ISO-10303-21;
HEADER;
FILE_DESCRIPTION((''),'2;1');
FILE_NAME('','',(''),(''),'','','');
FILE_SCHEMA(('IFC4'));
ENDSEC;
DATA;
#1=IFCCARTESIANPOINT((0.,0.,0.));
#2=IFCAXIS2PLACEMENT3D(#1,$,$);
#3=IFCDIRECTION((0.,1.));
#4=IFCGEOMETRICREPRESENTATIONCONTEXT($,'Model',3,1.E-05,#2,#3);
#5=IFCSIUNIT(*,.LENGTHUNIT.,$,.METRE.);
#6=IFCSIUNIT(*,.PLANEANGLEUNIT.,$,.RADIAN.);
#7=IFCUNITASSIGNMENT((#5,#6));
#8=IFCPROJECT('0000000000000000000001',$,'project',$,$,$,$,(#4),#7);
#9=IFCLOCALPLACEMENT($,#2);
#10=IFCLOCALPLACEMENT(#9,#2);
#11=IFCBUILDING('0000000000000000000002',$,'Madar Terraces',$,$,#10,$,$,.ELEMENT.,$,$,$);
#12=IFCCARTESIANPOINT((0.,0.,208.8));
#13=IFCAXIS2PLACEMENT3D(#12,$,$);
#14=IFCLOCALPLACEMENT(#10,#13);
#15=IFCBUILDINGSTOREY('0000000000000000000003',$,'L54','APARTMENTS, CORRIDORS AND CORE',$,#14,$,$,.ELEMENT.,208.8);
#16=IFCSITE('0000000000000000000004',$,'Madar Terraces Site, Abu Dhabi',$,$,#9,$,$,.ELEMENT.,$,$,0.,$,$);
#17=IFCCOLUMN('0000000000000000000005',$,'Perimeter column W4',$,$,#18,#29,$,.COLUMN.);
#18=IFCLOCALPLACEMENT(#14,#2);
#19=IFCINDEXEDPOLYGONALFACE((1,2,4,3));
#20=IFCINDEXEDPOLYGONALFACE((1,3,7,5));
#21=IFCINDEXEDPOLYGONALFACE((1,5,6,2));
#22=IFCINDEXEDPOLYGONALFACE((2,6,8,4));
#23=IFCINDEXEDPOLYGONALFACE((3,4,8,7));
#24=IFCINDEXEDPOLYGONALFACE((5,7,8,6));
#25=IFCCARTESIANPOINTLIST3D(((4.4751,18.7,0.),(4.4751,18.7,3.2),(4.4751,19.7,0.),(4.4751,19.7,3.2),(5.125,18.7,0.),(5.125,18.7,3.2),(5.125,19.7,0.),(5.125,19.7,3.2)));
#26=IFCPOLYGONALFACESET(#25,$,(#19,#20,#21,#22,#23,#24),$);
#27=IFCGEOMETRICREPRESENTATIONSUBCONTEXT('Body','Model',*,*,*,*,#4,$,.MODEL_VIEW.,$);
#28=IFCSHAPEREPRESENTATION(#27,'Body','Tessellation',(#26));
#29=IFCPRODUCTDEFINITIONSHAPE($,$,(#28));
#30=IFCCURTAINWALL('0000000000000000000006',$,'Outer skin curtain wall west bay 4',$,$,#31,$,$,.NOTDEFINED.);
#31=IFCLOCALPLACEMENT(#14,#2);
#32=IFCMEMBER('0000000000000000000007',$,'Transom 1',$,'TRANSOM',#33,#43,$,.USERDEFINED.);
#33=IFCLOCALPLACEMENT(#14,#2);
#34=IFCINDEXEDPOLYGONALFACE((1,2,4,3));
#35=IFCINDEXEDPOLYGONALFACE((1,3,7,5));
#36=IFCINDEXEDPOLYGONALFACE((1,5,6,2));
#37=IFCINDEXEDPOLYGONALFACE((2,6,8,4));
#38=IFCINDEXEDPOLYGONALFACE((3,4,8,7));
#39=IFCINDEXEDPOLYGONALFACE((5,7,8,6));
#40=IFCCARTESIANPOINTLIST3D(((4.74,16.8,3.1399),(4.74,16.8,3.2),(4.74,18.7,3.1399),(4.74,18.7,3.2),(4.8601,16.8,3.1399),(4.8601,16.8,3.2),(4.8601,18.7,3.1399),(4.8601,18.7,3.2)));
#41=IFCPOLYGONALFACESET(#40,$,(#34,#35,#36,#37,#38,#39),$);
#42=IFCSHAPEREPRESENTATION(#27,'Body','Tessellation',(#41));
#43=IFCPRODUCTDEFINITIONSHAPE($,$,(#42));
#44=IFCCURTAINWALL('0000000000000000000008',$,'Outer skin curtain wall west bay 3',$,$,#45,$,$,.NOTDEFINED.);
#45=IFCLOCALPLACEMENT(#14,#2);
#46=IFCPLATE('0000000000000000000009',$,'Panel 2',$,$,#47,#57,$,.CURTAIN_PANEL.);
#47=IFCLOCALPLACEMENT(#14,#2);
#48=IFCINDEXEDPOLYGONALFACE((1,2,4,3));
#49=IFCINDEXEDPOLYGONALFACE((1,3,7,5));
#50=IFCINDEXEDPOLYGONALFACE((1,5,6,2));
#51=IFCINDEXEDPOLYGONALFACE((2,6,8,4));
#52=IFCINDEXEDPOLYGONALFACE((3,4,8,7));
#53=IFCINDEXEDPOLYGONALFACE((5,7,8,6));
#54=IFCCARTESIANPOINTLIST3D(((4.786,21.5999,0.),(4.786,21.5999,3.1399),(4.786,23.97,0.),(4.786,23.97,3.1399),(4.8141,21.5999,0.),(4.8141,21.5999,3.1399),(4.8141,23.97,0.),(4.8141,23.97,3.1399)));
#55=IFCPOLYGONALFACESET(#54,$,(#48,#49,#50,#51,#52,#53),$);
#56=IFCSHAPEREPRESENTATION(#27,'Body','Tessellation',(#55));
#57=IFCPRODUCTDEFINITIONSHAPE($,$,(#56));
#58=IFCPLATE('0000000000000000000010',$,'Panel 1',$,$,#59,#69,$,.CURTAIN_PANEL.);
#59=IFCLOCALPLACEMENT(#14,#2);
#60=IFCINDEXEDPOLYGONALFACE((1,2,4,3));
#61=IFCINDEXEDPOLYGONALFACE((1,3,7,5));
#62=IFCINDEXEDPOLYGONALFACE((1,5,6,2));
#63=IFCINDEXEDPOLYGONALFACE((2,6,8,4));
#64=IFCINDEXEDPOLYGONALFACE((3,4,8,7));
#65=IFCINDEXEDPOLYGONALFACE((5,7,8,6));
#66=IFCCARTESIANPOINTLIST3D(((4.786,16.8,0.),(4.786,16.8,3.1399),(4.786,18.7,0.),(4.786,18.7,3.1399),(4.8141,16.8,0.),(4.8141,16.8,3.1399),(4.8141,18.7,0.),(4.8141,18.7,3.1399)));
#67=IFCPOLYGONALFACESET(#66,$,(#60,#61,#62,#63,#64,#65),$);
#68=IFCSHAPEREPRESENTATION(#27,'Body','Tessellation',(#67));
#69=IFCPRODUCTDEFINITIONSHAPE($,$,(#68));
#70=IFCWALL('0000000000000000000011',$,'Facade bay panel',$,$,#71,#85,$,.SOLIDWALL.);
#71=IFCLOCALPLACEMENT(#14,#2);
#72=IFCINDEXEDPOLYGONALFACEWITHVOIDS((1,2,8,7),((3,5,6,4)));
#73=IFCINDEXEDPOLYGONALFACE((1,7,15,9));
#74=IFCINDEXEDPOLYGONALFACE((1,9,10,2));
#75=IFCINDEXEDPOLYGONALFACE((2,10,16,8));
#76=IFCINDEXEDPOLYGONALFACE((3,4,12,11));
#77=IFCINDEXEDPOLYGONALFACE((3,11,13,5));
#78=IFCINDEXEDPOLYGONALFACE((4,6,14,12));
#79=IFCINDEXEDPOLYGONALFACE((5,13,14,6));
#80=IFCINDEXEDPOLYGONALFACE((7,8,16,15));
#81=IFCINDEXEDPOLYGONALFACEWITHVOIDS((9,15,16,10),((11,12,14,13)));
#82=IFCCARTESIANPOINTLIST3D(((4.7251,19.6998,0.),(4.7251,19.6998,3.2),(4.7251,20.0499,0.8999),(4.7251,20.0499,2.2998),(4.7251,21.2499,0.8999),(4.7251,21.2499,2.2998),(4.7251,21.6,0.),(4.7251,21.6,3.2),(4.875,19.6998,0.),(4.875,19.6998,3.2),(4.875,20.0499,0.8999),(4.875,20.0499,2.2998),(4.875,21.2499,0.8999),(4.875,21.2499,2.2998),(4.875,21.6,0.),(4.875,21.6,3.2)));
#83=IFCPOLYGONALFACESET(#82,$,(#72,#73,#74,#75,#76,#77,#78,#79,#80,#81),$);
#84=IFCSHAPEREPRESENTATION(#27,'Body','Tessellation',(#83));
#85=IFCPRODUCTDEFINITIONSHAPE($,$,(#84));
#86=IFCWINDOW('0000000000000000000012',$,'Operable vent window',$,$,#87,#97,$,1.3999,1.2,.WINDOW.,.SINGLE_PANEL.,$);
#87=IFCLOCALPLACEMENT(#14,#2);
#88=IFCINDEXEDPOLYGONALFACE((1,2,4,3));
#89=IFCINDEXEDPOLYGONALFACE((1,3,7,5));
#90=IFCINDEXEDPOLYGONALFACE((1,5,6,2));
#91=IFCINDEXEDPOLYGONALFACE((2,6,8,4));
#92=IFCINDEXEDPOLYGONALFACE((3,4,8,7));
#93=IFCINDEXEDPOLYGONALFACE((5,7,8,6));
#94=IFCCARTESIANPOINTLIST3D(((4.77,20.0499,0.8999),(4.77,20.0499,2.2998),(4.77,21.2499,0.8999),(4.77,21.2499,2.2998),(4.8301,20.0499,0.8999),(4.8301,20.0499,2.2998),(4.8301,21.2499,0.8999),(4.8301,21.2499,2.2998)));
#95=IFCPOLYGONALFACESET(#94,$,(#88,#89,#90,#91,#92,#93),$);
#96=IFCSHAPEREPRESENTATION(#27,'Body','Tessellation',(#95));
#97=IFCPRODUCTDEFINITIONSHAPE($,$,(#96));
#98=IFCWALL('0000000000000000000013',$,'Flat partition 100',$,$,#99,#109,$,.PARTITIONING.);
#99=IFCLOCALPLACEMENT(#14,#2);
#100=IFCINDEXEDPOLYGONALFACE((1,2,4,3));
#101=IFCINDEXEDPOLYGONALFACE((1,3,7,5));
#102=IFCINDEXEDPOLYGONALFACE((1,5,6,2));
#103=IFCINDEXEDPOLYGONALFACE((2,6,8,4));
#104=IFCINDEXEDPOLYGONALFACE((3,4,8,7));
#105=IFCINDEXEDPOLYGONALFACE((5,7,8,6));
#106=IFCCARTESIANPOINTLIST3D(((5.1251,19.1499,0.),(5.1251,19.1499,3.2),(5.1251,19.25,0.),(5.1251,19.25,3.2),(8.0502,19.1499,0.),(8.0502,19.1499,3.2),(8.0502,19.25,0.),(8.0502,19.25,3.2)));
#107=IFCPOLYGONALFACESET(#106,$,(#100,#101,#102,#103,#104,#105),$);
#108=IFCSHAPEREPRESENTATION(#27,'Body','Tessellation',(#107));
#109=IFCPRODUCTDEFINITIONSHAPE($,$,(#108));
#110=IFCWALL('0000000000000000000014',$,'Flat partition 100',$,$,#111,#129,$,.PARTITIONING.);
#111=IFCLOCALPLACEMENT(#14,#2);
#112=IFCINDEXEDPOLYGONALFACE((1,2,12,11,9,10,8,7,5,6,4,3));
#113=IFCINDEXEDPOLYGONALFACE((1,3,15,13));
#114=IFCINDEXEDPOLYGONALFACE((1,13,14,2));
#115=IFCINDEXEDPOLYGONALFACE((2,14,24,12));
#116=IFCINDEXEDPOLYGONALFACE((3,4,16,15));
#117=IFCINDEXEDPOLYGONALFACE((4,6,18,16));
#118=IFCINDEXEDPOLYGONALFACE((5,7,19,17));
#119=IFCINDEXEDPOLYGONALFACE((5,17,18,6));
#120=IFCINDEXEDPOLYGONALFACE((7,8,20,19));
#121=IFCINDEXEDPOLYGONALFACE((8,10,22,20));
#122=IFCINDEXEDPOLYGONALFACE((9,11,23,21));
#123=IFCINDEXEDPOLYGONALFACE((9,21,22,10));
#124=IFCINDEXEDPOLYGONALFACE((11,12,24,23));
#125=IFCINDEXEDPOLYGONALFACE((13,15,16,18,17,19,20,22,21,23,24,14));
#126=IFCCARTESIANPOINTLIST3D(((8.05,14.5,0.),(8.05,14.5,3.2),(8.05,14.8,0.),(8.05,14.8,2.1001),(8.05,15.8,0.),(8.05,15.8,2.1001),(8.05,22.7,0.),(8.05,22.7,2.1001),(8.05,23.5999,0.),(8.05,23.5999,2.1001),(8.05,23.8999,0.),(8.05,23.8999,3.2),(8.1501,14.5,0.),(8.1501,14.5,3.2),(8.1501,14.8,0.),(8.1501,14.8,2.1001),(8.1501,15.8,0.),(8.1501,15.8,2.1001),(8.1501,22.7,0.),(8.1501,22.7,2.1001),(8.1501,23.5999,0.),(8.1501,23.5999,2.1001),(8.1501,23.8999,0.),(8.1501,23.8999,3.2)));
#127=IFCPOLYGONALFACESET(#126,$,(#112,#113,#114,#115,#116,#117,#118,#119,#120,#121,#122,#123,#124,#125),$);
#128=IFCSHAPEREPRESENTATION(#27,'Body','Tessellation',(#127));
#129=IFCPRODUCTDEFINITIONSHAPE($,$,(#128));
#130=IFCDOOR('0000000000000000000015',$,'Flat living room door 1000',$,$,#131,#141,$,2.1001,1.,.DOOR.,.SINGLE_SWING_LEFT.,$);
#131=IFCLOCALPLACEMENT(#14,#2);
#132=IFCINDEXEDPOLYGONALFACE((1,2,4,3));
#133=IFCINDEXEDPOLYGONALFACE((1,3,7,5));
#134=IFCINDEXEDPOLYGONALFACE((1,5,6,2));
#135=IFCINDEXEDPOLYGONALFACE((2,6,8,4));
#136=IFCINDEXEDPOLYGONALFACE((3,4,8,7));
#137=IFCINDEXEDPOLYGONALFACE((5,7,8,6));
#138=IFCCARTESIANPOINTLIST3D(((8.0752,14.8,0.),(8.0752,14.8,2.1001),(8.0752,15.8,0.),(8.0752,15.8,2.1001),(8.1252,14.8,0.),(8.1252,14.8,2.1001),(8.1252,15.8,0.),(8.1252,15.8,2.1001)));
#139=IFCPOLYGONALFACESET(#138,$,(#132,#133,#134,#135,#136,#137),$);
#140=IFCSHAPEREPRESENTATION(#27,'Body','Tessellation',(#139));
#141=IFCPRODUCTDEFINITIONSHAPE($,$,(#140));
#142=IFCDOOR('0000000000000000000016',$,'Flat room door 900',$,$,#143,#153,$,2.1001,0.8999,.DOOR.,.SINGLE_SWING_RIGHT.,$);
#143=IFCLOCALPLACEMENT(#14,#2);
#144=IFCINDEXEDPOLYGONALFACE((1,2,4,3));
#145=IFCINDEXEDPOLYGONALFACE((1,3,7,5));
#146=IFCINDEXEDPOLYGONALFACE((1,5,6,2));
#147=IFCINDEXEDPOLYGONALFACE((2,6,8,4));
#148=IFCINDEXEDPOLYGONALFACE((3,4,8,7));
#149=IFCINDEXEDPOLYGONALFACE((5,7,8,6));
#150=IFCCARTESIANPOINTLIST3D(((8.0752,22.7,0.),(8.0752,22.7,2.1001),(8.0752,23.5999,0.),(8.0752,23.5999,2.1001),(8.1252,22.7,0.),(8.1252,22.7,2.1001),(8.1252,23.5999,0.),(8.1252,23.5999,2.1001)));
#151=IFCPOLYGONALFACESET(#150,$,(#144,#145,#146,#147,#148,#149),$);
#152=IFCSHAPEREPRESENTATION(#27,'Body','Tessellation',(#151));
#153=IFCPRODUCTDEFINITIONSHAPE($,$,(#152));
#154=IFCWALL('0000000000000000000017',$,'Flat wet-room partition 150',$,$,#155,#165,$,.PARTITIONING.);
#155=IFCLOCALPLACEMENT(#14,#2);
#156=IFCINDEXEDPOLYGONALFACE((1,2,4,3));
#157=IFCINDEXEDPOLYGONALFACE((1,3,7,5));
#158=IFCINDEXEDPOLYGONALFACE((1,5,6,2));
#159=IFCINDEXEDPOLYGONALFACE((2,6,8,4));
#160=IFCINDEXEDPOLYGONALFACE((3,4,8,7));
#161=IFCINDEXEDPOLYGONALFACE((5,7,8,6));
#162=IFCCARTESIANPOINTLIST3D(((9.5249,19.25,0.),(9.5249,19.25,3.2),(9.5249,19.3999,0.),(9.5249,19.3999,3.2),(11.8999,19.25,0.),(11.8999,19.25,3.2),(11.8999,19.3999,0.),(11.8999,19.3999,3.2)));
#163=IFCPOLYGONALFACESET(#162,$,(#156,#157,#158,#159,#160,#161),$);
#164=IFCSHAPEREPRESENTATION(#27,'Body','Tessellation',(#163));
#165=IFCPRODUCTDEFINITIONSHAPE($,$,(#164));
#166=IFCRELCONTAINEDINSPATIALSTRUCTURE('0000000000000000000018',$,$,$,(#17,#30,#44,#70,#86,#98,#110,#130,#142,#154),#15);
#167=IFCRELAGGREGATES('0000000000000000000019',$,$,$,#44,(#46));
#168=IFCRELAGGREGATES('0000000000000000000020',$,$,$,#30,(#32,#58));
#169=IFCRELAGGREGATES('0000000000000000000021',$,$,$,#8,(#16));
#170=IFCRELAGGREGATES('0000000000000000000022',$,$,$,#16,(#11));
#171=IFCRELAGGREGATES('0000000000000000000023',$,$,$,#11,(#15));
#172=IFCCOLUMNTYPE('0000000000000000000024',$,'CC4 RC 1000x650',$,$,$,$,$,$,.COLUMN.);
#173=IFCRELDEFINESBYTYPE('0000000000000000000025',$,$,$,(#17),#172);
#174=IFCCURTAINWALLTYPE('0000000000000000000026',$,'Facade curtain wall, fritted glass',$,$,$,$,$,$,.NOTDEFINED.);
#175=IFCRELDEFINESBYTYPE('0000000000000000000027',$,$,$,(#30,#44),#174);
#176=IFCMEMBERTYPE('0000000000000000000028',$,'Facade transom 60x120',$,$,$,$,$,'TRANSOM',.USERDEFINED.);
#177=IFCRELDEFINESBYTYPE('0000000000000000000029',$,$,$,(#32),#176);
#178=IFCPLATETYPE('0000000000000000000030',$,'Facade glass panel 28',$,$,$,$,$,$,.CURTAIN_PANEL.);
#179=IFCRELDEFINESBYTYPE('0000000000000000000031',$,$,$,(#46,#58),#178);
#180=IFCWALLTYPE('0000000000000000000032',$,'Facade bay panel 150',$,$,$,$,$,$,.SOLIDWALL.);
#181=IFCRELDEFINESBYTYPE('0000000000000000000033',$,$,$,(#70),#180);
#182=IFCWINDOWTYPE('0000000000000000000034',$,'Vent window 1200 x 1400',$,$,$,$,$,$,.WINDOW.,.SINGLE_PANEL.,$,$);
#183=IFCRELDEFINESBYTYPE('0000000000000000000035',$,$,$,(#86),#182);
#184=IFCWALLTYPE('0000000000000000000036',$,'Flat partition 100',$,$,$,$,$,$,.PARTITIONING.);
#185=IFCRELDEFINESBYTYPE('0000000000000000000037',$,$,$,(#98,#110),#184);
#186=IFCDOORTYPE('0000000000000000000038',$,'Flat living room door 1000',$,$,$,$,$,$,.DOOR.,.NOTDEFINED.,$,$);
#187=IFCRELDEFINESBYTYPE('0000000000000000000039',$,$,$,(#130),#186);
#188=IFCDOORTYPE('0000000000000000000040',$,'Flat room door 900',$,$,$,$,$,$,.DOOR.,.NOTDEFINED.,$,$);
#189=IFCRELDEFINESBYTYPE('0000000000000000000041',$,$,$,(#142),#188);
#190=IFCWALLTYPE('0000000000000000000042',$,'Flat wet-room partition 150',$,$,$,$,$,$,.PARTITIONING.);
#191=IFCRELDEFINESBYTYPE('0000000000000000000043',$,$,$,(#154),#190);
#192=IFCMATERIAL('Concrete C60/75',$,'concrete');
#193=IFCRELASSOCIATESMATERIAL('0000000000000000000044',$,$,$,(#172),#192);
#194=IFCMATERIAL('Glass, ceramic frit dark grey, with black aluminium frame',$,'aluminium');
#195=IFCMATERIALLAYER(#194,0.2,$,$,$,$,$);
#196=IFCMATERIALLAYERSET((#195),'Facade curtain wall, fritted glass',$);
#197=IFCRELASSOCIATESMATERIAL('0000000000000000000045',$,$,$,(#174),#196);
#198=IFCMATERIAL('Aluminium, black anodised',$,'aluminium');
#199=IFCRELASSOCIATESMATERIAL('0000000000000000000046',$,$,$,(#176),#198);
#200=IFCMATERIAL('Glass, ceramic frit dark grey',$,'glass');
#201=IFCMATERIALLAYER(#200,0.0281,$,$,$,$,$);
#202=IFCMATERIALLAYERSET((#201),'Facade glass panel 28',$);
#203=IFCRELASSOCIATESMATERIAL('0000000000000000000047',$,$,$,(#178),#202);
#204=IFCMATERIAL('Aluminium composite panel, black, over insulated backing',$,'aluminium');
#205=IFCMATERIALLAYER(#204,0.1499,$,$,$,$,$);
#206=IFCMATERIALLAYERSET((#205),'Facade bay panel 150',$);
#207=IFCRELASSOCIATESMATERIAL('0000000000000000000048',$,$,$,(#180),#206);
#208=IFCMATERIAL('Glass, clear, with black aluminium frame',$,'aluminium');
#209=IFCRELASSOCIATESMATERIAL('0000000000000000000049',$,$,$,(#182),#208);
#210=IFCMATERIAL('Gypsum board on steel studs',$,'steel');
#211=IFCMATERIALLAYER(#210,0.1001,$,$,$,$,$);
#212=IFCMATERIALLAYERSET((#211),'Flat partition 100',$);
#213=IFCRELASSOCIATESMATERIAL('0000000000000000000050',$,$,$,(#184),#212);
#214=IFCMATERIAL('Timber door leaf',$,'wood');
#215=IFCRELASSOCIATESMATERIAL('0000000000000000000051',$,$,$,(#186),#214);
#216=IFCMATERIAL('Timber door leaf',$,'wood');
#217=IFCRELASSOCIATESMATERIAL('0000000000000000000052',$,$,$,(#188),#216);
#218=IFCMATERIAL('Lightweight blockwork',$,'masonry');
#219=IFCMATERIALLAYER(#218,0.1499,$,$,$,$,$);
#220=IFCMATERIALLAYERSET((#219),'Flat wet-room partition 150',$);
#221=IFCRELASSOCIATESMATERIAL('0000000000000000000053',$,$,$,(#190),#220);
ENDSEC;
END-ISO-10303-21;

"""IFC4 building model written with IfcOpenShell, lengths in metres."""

from ifc_helpers import new_model, si_unit, direction, frame, frame_2d, origin, origin_2d, place, context, subcontext, project, spatial, rectangle, extrude, material, layer, layer_set, material_profile, profile_set, type_object, element, fill, aggregate, save


model = new_model("IFC4")

# Units and contexts
model_context = context("Model", 3, precision=1e-05, world=origin(), true_north=direction((0.0, 1.0)))
body_context = subcontext(model_context, "Body", "Model", "MODEL_VIEW")
ifc_project = project(units=[si_unit("LENGTHUNIT", "METRE"), si_unit("PLANEANGLEUNIT", "RADIAN")], contexts=[model_context])

# Site, building, storey
site_placement = place(None, origin())
site = spatial("IfcSite", under=ifc_project, at=site_placement, Name="Madar Terraces Site, Abu Dhabi", CompositionType="ELEMENT", RefElevation=0.0)
building_placement = place(site_placement, origin())
building = spatial("IfcBuilding", under=site, at=building_placement, Name="Madar Terraces", CompositionType="ELEMENT")
storey_placement = place(building_placement, frame((0.0, 0.0, 208.8)))
storey = spatial("IfcBuildingStorey", under=building, at=storey_placement, Name="L54", Description="APARTMENTS, CORRIDORS AND CORE", CompositionType="ELEMENT", Elevation=208.8)

# Column
ifc_material_1 = material(Name="Concrete C60/75", Category="concrete")
ifc_material_profile_1 = material_profile(ifc_material_1, rectangle(XDim=1.0, YDim=0.6499, at=origin_2d()), Name="CC4 RC 1000x650")
ifc_profile_set_1 = profile_set([ifc_material_profile_1], Name="Concrete C60/75")
column_type = type_object("IfcColumnType", Name="CC4 RC 1000x650", PredefinedType="COLUMN", material=ifc_profile_set_1)
column_placement = place(storey_placement, frame((4.8, 19.2, 0.0), z_axis=(0.0, 0.0, 1.0), x_axis=(0.0, 1.0, 0.0)))
element("IfcColumn", 1, at=column_placement, inside=storey, type_object=column_type, Name="Perimeter column W4", PredefinedType="COLUMN", context=body_context, shape_type="SweptSolid", body=[
    extrude(rectangle(XDim=1.0, YDim=0.6499, at=origin_2d()), origin(), (0.0, 0.0, 1.0), 3.2),
])

# Curtain wall, member
ifc_material_2 = material(Name="Glass, ceramic frit dark grey, with black aluminium frame", Category="aluminium")
ifc_layer_1 = layer(ifc_material_2, 0.2)
ifc_layer_set_1 = layer_set([ifc_layer_1], Name="Facade curtain wall, fritted glass")
curtain_wall_type = type_object("IfcCurtainWallType", Name="Facade curtain wall, fritted glass", PredefinedType="NOTDEFINED", material=ifc_layer_set_1)
curtain_wall_1_placement = place(storey_placement, origin())
curtain_wall_1 = element("IfcCurtainWall", 2, at=curtain_wall_1_placement, inside=storey, type_object=curtain_wall_type, Name="Outer skin curtain wall west bay 4", PredefinedType="NOTDEFINED")
ifc_material_3 = material(Name="Aluminium, black anodised", Category="aluminium")
ifc_material_profile_2 = material_profile(ifc_material_3, rectangle(XDim=0.1201, YDim=0.0601, at=origin_2d()), Name="Facade transom 60x120")
ifc_profile_set_2 = profile_set([ifc_material_profile_2], Name="Aluminium, black anodised")
member_type = type_object("IfcMemberType", Name="Facade transom 60x120", ElementType="TRANSOM", PredefinedType="USERDEFINED", material=ifc_profile_set_2)
member_placement = place(storey_placement, frame((4.8, 18.7, 3.1699), z_axis=(0.0, -1.0, 0.0), x_axis=(1.0, 0.0, 0.0)))
member = element("IfcMember", 3, at=member_placement, type_object=member_type, Name="Transom 1", ObjectType="TRANSOM", PredefinedType="USERDEFINED", context=body_context, shape_type="SweptSolid", body=[
    extrude(rectangle(XDim=0.1201, YDim=0.0601, at=origin_2d()), origin(), (0.0, 0.0, 1.0), 1.8999),
])

# Curtain wall, plate
curtain_wall_2_placement = place(storey_placement, origin())
curtain_wall_2 = element("IfcCurtainWall", 4, at=curtain_wall_2_placement, inside=storey, type_object=curtain_wall_type, Name="Outer skin curtain wall west bay 3", PredefinedType="NOTDEFINED")
ifc_material_4 = material(Name="Glass, ceramic frit dark grey", Category="glass")
ifc_layer_2 = layer(ifc_material_4, 0.0281)
ifc_layer_set_2 = layer_set([ifc_layer_2], Name="Facade glass panel 28")
plate_type = type_object("IfcPlateType", Name="Facade glass panel 28", PredefinedType="CURTAIN_PANEL", material=ifc_layer_set_2)
plate_1_placement = place(storey_placement, frame((4.8, 22.7849, 0.0), z_axis=(0.0, 0.0, 1.0), x_axis=(0.0, -1.0, 0.0)))
plate_1 = element("IfcPlate", 5, at=plate_1_placement, type_object=plate_type, Name="Panel 2", PredefinedType="CURTAIN_PANEL", context=body_context, shape_type="SweptSolid", body=[
    extrude(rectangle(XDim=2.3701, YDim=0.0281, at=origin_2d()), origin(), (0.0, 0.0, 1.0), 3.1399),
])
aggregate(curtain_wall_2, [plate_1])

# Plate
plate_2_placement = place(storey_placement, frame((4.8, 17.75, 0.0), z_axis=(0.0, 0.0, 1.0), x_axis=(0.0, -1.0, 0.0)))
plate_2 = element("IfcPlate", 6, at=plate_2_placement, type_object=plate_type, Name="Panel 1", PredefinedType="CURTAIN_PANEL", context=body_context, shape_type="SweptSolid", body=[
    extrude(rectangle(XDim=1.8999, YDim=0.0281, at=origin_2d()), origin(), (0.0, 0.0, 1.0), 3.1399),
])
aggregate(curtain_wall_1, [member, plate_2])

# Wall, opening, window
ifc_material_5 = material(Name="Aluminium composite panel, black, over insulated backing", Category="aluminium")
ifc_layer_3 = layer(ifc_material_5, 0.1499)
ifc_layer_set_3 = layer_set([ifc_layer_3], Name="Facade bay panel 150")
wall_type_1 = type_object("IfcWallType", Name="Facade bay panel 150", PredefinedType="SOLIDWALL", material=ifc_layer_set_3)
wall_1_placement = place(storey_placement, frame((4.8, 21.6001, 0.0), z_axis=(0.0, 0.0, 1.0), x_axis=(0.0, -1.0, 0.0)))
wall_1 = element("IfcWall", 7, at=wall_1_placement, inside=storey, type_object=wall_type_1, Name="Facade bay panel", PredefinedType="SOLIDWALL", context=body_context, shape_type="SweptSolid", body=[
    extrude(rectangle(XDim=1.9001, YDim=0.1499, at=frame_2d((0.9502, 0.0))), origin(), (0.0, 0.0, 1.0), 3.2),
])
opening_1_placement = place(wall_1_placement, frame((0.3501, 0.0, 0.8999)))
opening_1 = element("IfcOpeningElement", 8, at=opening_1_placement, cuts=wall_1, PredefinedType="OPENING", context=body_context, shape_type="SweptSolid", body=[
    extrude(rectangle(XDim=1.2, YDim=1.3999, at=frame_2d((0.6001, 0.7))), frame((0.0, 0.085, 0.0), z_axis=(0.0, -1.0, 0.0), x_axis=(1.0, 0.0, 0.0)), (0.0, 0.0, 1.0), 0.1699),
])
ifc_material_6 = material(Name="Glass, clear, with black aluminium frame", Category="aluminium")
window_type = type_object("IfcWindowType", Name="Vent window 1200 x 1400", PartitioningType="SINGLE_PANEL", PredefinedType="WINDOW", material=ifc_material_6)
window_placement = place(opening_1_placement, origin())
window = element("IfcWindow", 9, at=window_placement, inside=storey, type_object=window_type, Name="Operable vent window", OverallHeight=1.3999, OverallWidth=1.2, PartitioningType="SINGLE_PANEL", PredefinedType="WINDOW", context=body_context, shape_type="SweptSolid", body=[
    extrude(rectangle(XDim=1.2, YDim=1.3999, at=frame_2d((0.6001, 0.7))), frame((0.0, 0.03, 0.0), z_axis=(0.0, -1.0, 0.0), x_axis=(1.0, 0.0, 0.0)), (0.0, 0.0, 1.0), 0.0601),
])
fill(opening_1, window)

# Wall
ifc_material_7 = material(Name="Gypsum board on steel studs", Category="steel")
ifc_layer_4 = layer(ifc_material_7, 0.1001)
ifc_layer_set_4 = layer_set([ifc_layer_4], Name="Flat partition 100")
wall_type_2 = type_object("IfcWallType", Name="Flat partition 100", PredefinedType="PARTITIONING", material=ifc_layer_set_4)
wall_2_placement = place(storey_placement, frame((8.05, 19.2, 0.0), z_axis=(0.0, 0.0, 1.0), x_axis=(-1.0, 0.0, 0.0)))
element("IfcWall", 10, at=wall_2_placement, inside=storey, type_object=wall_type_2, Name="Flat partition 100", PredefinedType="PARTITIONING", context=body_context, shape_type="SweptSolid", body=[
    extrude(rectangle(XDim=2.925, YDim=0.1001, at=frame_2d((1.4624, 0.0))), origin(), (0.0, 0.0, 1.0), 3.2),
])

# Wall, openings, doors
wall_3_placement = place(storey_placement, frame((8.1001, 14.5, 0.0), z_axis=(0.0, 0.0, 1.0), x_axis=(0.0, 1.0, 0.0)))
wall_3 = element("IfcWall", 11, at=wall_3_placement, inside=storey, type_object=wall_type_2, Name="Flat partition 100", PredefinedType="PARTITIONING", context=body_context, shape_type="SweptSolid", body=[
    extrude(rectangle(XDim=9.3999, YDim=0.1001, at=frame_2d((4.7, 0.0))), origin(), (0.0, 0.0, 1.0), 3.2),
])
opening_2_placement = place(wall_3_placement, frame((0.3, 0.0, 0.0)))
opening_2 = element("IfcOpeningElement", 12, at=opening_2_placement, cuts=wall_3, PredefinedType="OPENING", context=body_context, shape_type="SweptSolid", body=[
    extrude(rectangle(XDim=1.0, YDim=2.1001, at=frame_2d((0.5, 1.05))), frame((0.0, 0.0601, 0.0), z_axis=(0.0, -1.0, 0.0), x_axis=(1.0, 0.0, 0.0)), (0.0, 0.0, 1.0), 0.1201),
])
opening_3_placement = place(wall_3_placement, frame((8.2, 0.0, 0.0)))
opening_3 = element("IfcOpeningElement", 13, at=opening_3_placement, cuts=wall_3, PredefinedType="OPENING", context=body_context, shape_type="SweptSolid", body=[
    extrude(rectangle(XDim=0.8999, YDim=2.1001, at=frame_2d((0.45, 1.05))), frame((0.0, 0.0601, 0.0), z_axis=(0.0, -1.0, 0.0), x_axis=(1.0, 0.0, 0.0)), (0.0, 0.0, 1.0), 0.1201),
])
ifc_material_8 = material(Name="Timber door leaf", Category="wood")
door_type_1 = type_object("IfcDoorType", Name="Flat living room door 1000", OperationType="NOTDEFINED", PredefinedType="DOOR", material=ifc_material_8)
door_1_placement = place(opening_2_placement, origin())
door_1 = element("IfcDoor", 14, at=door_1_placement, inside=storey, type_object=door_type_1, Name="Flat living room door 1000", OperationType="SINGLE_SWING_LEFT", OverallHeight=2.1001, OverallWidth=1.0, PredefinedType="DOOR", context=body_context, shape_type="SweptSolid", body=[
    extrude(rectangle(XDim=1.0, YDim=2.1001, at=frame_2d((0.5, 1.05))), frame((0.0, 0.0249, 0.0), z_axis=(0.0, -1.0, 0.0), x_axis=(1.0, 0.0, 0.0)), (0.0, 0.0, 1.0), 0.05),
])
fill(opening_2, door_1)
ifc_material_9 = material(Name="Timber door leaf", Category="wood")
door_type_2 = type_object("IfcDoorType", Name="Flat room door 900", OperationType="NOTDEFINED", PredefinedType="DOOR", material=ifc_material_9)
door_2_placement = place(opening_3_placement, origin())
door_2 = element("IfcDoor", 15, at=door_2_placement, inside=storey, type_object=door_type_2, Name="Flat room door 900", OperationType="SINGLE_SWING_RIGHT", OverallHeight=2.1001, OverallWidth=0.8999, PredefinedType="DOOR", context=body_context, shape_type="SweptSolid", body=[
    extrude(rectangle(XDim=0.8999, YDim=2.1001, at=frame_2d((0.45, 1.05))), frame((0.0, 0.0249, 0.0), z_axis=(0.0, -1.0, 0.0), x_axis=(1.0, 0.0, 0.0)), (0.0, 0.0, 1.0), 0.05),
])
fill(opening_3, door_2)

# Wall
ifc_material_10 = material(Name="Lightweight blockwork", Category="masonry")
ifc_layer_5 = layer(ifc_material_10, 0.1499)
ifc_layer_set_5 = layer_set([ifc_layer_5], Name="Flat wet-room partition 150")
wall_type_3 = type_object("IfcWallType", Name="Flat wet-room partition 150", PredefinedType="PARTITIONING", material=ifc_layer_set_5)
wall_4_placement = place(storey_placement, frame((11.8999, 19.325, 0.0), z_axis=(0.0, 0.0, 1.0), x_axis=(-1.0, 0.0, 0.0)))
element("IfcWall", 16, at=wall_4_placement, inside=storey, type_object=wall_type_3, Name="Flat wet-room partition 150", PredefinedType="PARTITIONING", context=body_context, shape_type="SweptSolid", body=[
    extrude(rectangle(XDim=2.375, YDim=0.1499, at=frame_2d((1.1875, 0.0))), origin(), (0.0, 0.0, 1.0), 3.2),
])

save(model, "model.ifc")
